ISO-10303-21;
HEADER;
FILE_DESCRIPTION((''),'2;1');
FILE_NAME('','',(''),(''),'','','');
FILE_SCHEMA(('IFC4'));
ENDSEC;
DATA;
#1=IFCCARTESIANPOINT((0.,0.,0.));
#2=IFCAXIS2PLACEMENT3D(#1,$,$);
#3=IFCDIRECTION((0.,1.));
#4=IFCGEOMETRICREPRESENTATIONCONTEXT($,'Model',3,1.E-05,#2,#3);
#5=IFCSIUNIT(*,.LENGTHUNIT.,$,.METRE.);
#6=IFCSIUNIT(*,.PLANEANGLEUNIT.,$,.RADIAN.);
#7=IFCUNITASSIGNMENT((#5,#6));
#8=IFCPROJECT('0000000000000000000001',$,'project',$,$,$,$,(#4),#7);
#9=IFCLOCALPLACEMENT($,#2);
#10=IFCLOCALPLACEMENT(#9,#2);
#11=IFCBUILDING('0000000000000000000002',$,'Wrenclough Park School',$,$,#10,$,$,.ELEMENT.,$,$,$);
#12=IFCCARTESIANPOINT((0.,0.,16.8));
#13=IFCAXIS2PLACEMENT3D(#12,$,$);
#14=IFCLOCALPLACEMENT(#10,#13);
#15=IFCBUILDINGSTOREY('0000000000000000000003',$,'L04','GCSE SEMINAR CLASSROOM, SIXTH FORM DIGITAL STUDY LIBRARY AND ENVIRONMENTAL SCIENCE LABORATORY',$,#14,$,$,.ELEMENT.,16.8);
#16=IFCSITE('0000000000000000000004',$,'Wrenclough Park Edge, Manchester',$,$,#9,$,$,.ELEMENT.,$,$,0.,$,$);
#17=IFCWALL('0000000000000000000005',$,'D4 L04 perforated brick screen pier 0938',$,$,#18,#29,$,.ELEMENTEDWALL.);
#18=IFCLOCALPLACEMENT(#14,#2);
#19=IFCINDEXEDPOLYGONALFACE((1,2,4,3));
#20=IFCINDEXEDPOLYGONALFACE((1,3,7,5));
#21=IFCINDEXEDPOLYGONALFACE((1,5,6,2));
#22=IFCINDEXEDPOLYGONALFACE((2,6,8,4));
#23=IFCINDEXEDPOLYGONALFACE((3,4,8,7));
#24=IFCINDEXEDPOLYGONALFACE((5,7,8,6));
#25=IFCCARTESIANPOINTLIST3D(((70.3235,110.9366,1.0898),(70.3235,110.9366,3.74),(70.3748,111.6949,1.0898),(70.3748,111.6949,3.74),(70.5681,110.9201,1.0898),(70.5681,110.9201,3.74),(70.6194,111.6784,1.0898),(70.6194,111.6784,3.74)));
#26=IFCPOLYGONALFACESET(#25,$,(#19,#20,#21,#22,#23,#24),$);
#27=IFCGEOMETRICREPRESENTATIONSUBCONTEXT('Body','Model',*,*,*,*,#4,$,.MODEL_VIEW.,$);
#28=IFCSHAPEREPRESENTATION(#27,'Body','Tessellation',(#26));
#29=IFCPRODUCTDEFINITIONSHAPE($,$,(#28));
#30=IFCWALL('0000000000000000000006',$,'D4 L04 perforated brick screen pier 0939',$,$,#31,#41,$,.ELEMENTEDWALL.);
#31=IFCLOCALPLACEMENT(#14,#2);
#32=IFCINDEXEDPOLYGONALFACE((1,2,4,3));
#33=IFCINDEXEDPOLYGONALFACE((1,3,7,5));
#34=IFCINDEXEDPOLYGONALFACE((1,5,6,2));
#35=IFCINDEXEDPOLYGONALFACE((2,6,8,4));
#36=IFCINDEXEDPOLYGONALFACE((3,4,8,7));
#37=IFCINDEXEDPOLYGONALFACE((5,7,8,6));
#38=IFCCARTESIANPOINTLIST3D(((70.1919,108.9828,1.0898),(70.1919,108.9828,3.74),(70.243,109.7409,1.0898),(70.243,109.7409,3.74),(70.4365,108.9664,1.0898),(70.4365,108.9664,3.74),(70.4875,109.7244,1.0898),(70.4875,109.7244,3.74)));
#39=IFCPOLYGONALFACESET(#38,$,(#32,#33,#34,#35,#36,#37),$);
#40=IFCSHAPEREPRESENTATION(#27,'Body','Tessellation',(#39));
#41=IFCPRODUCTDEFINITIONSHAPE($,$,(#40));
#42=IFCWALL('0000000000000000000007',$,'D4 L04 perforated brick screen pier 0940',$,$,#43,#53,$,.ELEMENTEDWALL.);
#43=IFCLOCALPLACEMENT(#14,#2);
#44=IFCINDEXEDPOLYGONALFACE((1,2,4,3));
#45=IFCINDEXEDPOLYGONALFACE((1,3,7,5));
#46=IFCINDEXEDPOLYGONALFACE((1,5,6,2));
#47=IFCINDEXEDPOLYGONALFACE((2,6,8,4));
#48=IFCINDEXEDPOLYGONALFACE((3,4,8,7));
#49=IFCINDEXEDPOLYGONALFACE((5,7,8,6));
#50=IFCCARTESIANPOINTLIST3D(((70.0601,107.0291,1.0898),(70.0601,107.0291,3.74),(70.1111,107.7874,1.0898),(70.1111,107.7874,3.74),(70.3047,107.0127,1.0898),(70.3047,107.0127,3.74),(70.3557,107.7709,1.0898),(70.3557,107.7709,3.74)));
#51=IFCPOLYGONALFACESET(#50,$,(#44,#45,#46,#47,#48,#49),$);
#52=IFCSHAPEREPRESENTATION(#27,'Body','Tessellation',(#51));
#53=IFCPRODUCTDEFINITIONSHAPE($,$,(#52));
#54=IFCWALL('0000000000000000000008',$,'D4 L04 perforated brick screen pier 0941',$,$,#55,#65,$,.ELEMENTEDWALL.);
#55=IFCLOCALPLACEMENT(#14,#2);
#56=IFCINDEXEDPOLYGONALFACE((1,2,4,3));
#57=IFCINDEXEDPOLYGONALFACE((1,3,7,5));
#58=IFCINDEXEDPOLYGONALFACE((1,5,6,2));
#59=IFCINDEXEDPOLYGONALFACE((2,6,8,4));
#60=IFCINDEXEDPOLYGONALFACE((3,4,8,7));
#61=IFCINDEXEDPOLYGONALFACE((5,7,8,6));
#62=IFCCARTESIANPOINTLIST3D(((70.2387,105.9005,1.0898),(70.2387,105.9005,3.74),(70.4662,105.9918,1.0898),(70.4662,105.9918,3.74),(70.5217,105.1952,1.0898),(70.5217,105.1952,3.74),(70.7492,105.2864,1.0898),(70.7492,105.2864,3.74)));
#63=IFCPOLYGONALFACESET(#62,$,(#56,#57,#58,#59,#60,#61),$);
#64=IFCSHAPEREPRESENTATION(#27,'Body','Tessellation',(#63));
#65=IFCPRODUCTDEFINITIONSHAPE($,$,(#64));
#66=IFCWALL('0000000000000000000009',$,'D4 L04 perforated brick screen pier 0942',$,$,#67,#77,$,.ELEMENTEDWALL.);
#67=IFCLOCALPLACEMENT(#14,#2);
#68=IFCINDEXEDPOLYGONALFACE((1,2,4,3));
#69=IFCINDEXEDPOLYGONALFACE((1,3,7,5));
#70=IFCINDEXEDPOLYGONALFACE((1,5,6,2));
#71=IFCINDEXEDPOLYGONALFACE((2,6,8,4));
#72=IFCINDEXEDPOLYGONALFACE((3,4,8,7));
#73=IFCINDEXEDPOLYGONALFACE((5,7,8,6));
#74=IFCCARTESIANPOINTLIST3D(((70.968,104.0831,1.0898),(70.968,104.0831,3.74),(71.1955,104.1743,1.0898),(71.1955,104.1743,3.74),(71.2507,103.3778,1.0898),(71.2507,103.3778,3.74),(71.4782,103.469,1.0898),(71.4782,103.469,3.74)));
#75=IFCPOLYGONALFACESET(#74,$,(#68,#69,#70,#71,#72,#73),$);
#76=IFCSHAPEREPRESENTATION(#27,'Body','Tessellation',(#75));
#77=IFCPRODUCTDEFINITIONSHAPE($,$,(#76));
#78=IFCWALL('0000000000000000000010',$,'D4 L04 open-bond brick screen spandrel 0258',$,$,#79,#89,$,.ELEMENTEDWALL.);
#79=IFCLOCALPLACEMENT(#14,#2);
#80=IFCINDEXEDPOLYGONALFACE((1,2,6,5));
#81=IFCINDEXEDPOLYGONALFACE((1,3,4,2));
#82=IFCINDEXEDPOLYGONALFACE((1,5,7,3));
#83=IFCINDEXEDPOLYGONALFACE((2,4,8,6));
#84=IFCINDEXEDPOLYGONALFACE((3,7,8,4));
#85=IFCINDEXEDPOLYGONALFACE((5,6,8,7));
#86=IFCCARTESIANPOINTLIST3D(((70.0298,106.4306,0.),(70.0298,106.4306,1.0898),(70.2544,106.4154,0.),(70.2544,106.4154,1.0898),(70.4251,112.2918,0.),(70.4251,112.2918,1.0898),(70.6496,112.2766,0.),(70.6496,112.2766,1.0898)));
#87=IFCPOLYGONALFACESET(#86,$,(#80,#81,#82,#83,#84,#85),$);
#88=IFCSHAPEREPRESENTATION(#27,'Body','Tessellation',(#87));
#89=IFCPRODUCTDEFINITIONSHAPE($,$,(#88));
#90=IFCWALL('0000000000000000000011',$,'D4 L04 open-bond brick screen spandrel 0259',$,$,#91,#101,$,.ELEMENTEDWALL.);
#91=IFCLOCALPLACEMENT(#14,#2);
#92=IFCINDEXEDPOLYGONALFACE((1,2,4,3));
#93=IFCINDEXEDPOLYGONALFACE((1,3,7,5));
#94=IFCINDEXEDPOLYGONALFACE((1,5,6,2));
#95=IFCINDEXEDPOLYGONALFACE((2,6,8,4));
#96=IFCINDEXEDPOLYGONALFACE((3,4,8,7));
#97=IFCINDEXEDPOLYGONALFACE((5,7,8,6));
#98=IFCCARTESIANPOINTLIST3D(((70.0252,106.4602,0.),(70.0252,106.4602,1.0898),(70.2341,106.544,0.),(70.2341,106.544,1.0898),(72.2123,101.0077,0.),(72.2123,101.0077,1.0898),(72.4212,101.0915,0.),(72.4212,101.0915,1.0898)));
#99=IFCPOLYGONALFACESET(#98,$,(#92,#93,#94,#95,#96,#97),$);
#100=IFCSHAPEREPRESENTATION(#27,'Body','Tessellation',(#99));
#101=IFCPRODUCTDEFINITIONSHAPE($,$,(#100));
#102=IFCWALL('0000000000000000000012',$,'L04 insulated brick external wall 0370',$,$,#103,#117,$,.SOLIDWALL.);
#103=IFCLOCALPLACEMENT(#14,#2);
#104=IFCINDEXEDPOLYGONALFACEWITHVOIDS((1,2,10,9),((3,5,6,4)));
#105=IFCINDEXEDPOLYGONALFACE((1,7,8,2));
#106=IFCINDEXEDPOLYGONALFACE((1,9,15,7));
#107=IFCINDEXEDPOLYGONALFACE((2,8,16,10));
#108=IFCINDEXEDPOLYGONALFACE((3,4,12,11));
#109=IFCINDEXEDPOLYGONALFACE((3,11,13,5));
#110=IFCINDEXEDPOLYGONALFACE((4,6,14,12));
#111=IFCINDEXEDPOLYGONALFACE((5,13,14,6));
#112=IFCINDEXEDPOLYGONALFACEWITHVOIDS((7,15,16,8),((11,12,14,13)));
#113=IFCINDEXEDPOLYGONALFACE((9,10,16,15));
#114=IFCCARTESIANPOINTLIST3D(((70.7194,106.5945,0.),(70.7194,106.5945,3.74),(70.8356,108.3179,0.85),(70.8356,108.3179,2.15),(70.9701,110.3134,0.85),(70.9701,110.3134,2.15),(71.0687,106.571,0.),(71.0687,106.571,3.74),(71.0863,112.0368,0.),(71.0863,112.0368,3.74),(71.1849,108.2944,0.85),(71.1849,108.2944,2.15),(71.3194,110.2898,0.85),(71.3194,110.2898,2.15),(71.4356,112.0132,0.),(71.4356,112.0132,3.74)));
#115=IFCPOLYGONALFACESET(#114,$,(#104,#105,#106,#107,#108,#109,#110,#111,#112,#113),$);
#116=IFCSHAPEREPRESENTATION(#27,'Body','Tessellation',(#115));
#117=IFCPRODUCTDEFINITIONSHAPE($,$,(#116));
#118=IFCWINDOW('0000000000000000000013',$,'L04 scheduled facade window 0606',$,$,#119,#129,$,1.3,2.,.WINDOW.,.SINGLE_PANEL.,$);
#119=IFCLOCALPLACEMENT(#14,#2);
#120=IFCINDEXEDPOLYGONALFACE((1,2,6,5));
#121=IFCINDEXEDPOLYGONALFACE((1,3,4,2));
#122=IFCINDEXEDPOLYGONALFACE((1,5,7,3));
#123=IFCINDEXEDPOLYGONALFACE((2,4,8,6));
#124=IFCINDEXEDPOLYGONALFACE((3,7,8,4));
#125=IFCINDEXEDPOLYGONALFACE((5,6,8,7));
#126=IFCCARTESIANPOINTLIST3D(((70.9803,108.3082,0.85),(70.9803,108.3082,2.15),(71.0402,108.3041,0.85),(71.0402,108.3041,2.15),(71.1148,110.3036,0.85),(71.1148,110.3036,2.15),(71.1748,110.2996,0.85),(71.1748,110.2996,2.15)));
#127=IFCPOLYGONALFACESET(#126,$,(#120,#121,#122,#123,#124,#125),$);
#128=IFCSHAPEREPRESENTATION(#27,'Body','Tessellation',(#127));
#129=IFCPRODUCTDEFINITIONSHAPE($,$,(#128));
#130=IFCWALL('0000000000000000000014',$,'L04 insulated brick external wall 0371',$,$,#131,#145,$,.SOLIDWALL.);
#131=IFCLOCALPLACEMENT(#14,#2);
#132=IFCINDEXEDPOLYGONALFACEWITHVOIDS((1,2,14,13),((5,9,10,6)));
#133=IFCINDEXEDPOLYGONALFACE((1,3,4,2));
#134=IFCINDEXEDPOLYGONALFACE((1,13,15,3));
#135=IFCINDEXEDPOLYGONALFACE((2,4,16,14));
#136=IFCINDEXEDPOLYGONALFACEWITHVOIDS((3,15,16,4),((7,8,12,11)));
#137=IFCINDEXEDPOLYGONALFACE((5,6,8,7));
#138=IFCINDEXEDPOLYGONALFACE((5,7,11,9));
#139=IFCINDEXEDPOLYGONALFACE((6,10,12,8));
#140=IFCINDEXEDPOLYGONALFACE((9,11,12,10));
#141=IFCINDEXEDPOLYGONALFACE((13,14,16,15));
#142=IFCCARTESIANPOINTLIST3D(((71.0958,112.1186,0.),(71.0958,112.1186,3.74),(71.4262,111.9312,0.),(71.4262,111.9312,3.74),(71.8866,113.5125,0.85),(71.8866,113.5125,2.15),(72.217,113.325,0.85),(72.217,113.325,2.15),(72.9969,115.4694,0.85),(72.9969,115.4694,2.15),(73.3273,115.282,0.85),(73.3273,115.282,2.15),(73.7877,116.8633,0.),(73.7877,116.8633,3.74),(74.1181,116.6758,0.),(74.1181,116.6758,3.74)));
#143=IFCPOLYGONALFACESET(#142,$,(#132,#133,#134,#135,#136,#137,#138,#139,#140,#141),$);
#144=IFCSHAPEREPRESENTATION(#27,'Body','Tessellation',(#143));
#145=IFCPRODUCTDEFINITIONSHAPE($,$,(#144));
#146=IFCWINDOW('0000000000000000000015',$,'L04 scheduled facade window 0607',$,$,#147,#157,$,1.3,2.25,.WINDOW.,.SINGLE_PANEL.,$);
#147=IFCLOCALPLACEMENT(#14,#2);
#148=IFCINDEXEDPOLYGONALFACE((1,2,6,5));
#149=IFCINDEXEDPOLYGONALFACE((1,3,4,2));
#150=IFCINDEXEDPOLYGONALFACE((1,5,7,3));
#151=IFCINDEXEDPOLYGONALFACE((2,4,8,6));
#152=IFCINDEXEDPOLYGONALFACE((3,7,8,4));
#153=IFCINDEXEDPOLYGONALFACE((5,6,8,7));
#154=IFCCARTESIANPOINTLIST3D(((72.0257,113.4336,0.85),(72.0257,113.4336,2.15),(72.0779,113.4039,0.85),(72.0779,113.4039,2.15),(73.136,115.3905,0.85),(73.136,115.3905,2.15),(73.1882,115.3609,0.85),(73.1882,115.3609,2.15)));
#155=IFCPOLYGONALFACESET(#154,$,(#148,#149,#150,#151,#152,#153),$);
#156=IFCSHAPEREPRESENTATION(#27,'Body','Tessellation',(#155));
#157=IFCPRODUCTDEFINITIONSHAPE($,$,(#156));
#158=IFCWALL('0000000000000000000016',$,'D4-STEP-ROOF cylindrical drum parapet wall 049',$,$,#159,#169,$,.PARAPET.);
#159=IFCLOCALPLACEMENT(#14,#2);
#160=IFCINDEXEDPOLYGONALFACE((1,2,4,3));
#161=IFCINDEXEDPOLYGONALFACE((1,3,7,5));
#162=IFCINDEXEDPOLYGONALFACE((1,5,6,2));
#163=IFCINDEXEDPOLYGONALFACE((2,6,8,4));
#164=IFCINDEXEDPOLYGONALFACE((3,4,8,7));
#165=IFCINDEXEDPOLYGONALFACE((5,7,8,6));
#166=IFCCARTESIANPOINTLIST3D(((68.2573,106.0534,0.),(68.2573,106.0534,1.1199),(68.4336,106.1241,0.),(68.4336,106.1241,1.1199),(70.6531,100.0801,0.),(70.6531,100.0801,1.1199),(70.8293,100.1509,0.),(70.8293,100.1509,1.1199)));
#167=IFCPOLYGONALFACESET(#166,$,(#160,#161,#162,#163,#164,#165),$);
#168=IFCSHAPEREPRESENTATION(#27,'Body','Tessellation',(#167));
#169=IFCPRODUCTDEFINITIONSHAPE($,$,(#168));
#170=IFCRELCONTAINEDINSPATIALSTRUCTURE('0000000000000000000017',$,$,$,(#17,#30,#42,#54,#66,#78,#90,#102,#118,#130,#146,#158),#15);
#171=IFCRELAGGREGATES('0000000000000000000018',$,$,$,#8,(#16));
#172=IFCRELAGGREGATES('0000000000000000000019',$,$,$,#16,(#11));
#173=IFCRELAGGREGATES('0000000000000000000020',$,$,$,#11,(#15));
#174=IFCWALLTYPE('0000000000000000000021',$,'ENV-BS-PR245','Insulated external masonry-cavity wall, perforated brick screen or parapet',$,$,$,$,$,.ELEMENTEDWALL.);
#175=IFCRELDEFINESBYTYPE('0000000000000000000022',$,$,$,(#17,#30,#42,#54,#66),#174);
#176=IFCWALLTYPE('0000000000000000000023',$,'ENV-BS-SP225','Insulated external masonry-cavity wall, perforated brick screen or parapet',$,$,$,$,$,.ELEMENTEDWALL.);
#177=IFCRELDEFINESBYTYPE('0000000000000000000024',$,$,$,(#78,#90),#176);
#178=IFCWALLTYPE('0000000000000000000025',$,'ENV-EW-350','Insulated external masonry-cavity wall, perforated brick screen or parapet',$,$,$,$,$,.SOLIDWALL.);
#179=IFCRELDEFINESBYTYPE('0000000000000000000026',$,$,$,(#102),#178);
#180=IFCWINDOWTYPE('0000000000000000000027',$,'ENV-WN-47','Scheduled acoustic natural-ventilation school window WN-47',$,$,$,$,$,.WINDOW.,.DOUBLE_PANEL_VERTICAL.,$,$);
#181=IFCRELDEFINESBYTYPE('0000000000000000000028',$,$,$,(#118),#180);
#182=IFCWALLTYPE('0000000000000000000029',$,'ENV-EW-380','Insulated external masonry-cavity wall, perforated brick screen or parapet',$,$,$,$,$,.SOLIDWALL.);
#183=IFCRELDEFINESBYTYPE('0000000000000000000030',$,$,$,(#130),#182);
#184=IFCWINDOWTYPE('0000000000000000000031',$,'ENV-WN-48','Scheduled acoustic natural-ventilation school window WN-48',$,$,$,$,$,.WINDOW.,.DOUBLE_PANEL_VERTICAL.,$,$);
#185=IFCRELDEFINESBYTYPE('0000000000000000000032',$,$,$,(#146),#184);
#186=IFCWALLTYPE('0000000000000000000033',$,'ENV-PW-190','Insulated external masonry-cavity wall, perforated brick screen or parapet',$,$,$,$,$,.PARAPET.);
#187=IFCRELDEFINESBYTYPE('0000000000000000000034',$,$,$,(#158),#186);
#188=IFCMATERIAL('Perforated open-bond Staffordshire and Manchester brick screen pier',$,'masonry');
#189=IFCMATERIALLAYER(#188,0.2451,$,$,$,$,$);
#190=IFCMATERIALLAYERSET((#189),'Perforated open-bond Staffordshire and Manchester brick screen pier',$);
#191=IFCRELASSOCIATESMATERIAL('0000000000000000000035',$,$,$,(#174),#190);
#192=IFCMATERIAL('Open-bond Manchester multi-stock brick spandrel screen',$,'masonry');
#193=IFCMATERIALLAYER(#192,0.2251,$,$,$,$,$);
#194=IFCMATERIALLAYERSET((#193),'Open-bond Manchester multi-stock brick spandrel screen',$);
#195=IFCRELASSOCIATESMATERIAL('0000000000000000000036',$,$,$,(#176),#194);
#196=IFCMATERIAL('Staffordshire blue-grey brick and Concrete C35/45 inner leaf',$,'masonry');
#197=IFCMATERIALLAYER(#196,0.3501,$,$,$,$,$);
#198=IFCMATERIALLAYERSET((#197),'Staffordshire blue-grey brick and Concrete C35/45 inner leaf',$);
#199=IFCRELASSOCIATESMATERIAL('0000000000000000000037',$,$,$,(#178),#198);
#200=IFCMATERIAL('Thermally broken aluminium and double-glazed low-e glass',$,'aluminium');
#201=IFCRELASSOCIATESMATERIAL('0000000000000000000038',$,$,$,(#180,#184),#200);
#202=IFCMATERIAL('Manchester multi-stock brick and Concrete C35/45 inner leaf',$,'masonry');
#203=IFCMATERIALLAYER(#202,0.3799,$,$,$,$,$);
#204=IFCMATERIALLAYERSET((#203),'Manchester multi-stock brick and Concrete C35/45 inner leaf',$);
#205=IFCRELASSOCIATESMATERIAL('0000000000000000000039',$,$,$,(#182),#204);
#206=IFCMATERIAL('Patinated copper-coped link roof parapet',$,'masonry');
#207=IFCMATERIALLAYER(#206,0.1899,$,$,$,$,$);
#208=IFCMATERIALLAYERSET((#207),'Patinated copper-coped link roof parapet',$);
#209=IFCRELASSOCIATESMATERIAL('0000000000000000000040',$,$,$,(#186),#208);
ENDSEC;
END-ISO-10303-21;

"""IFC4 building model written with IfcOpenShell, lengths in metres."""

from ifc_helpers import new_model, si_unit, direction, frame, frame_2d, origin, place, context, subcontext, project, spatial, rectangle, extrude, material, layer, layer_set, type_object, element, fill, save


model = new_model("IFC4")

# Units and contexts
model_context = context("Model", 3, precision=1e-05, world=origin(), true_north=direction((0.0, 1.0)))
body_context = subcontext(model_context, "Body", "Model", "MODEL_VIEW")
ifc_project = project(units=[si_unit("LENGTHUNIT", "METRE"), si_unit("PLANEANGLEUNIT", "RADIAN")], contexts=[model_context])

# Site, building, storey
site_placement = place(None, origin())
site = spatial("IfcSite", under=ifc_project, at=site_placement, Name="Wrenclough Park Edge, Manchester", CompositionType="ELEMENT", RefElevation=0.0)
building_placement = place(site_placement, origin())
building = spatial("IfcBuilding", under=site, at=building_placement, Name="Wrenclough Park School", CompositionType="ELEMENT")
storey_placement = place(building_placement, frame((0.0, 0.0, 16.8)))
storey = spatial("IfcBuildingStorey", under=building, at=storey_placement, Name="L04", Description="GCSE SEMINAR CLASSROOM, SIXTH FORM DIGITAL STUDY LIBRARY AND ENVIRONMENTAL SCIENCE LABORATORY", CompositionType="ELEMENT", Elevation=16.8)

# Walls
ifc_material_1 = material(Name="Perforated open-bond Staffordshire and Manchester brick screen pier", Category="masonry")
ifc_layer_1 = layer(ifc_material_1, 0.2451)
ifc_layer_set_1 = layer_set([ifc_layer_1], Name="Perforated open-bond Staffordshire and Manchester brick screen pier")
wall_type_1 = type_object("IfcWallType", Name="ENV-BS-PR245", Description="Insulated external masonry-cavity wall, perforated brick screen or parapet", PredefinedType="ELEMENTEDWALL", material=ifc_layer_set_1)
wall_1_placement = place(storey_placement, frame((70.4971, 111.6865, 1.0898), z_axis=(0.0, 0.0, 1.0), x_axis=(-0.067457, -0.997722, 0.0)))
element("IfcWall", 1, at=wall_1_placement, inside=storey, type_object=wall_type_1, Name="D4 L04 perforated brick screen pier 0938", PredefinedType="ELEMENTEDWALL", context=body_context, shape_type="SweptSolid", body=[
    extrude(rectangle(XDim=0.76, YDim=0.2451, at=frame_2d((0.3799, 0.0))), origin(), (0.0, 0.0, 1.0), 2.6501),
])
wall_2_placement = place(storey_placement, frame((70.3652, 109.7327, 1.0898), z_axis=(0.0, 0.0, 1.0), x_axis=(-0.067159, -0.997742, 0.0)))
element("IfcWall", 2, at=wall_2_placement, inside=storey, type_object=wall_type_1, Name="D4 L04 perforated brick screen pier 0939", PredefinedType="ELEMENTEDWALL", context=body_context, shape_type="SweptSolid", body=[
    extrude(rectangle(XDim=0.7598, YDim=0.2451, at=frame_2d((0.3799, 0.0))), origin(), (0.0, 0.0, 1.0), 2.6501),
])
for number, where, z_axis, x_axis, name in (
    (3, (70.2334, 107.7791, 1.0898), (0.0, 0.0, 1.0), (-0.067137, -0.997744, 0.0), "D4 L04 perforated brick screen pier 0940"),
    (4, (70.3525, 105.946, 1.0898), (0.0, 0.0, 1.0), (0.372332, -0.9281, 0.0), "D4 L04 perforated brick screen pier 0941"),
):
    element("IfcWall", number, at=place(storey_placement, frame(where, z_axis=z_axis, x_axis=x_axis)), inside=storey, type_object=wall_type_1, Name=name, PredefinedType="ELEMENTEDWALL", context=body_context, shape_type="SweptSolid", body=[
        extrude(rectangle(XDim=0.76, YDim=0.2451, at=frame_2d((0.3799, 0.0))), origin(), (0.0, 0.0, 1.0), 2.6501),
    ])
wall_3_placement = place(storey_placement, frame((71.0818, 104.1287, 1.0898), z_axis=(0.0, 0.0, 1.0), x_axis=(0.372055, -0.928211, 0.0)))
element("IfcWall", 5, at=wall_3_placement, inside=storey, type_object=wall_type_1, Name="D4 L04 perforated brick screen pier 0942", PredefinedType="ELEMENTEDWALL", context=body_context, shape_type="SweptSolid", body=[
    extrude(rectangle(XDim=0.7598, YDim=0.2451, at=frame_2d((0.3799, 0.0))), origin(), (0.0, 0.0, 1.0), 2.6501),
])
ifc_material_2 = material(Name="Open-bond Manchester multi-stock brick spandrel screen", Category="masonry")
ifc_layer_2 = layer(ifc_material_2, 0.2251)
ifc_layer_set_2 = layer_set([ifc_layer_2], Name="Open-bond Manchester multi-stock brick spandrel screen")
wall_type_2 = type_object("IfcWallType", Name="ENV-BS-SP225", Description="Insulated external masonry-cavity wall, perforated brick screen or parapet", PredefinedType="ELEMENTEDWALL", material=ifc_layer_set_2)
wall_4_placement = place(storey_placement, frame((70.5374, 112.2842, 0.0), z_axis=(0.0, 0.0, 1.0), x_axis=(-0.067286, -0.997734, 0.0)))
element("IfcWall", 6, at=wall_4_placement, inside=storey, type_object=wall_type_2, Name="D4 L04 open-bond brick screen spandrel 0258", PredefinedType="ELEMENTEDWALL", context=body_context, shape_type="SweptSolid", body=[
    extrude(rectangle(XDim=5.8745, YDim=0.2251, at=frame_2d((2.9373, 0.0))), origin(), (0.0, 0.0, 1.0), 1.0898),
])
wall_5_placement = place(storey_placement, frame((70.1296, 106.5022, 0.0), z_axis=(0.0, 0.0, 1.0), x_axis=(0.372279, -0.928121, 0.0)))
element("IfcWall", 7, at=wall_5_placement, inside=storey, type_object=wall_type_2, Name="D4 L04 open-bond brick screen spandrel 0259", PredefinedType="ELEMENTEDWALL", context=body_context, shape_type="SweptSolid", body=[
    extrude(rectangle(XDim=5.8748, YDim=0.2251, at=frame_2d((2.9375, 0.0))), origin(), (0.0, 0.0, 1.0), 1.0898),
])

# Walls, openings, windows
ifc_material_3 = material(Name="Staffordshire blue-grey brick and Concrete C35/45 inner leaf", Category="masonry")
ifc_layer_3 = layer(ifc_material_3, 0.3501)
ifc_layer_set_3 = layer_set([ifc_layer_3], Name="Staffordshire blue-grey brick and Concrete C35/45 inner leaf")
wall_type_3 = type_object("IfcWallType", Name="ENV-EW-350", Description="Insulated external masonry-cavity wall, perforated brick screen or parapet", PredefinedType="SOLIDWALL", material=ifc_layer_set_3)
wall_6_placement = place(storey_placement, frame((70.894, 106.5828, 0.0), z_axis=(0.0, 0.0, 1.0), x_axis=(0.067274, 0.997735, 0.0)))
wall_6 = element("IfcWall", 8, at=wall_6_placement, inside=storey, type_object=wall_type_3, Name="L04 insulated brick external wall 0370", PredefinedType="SOLIDWALL", context=body_context, shape_type="SweptSolid", body=[
    extrude(rectangle(XDim=5.4546, YDim=0.3501, at=frame_2d((2.7273, 0.0))), origin(), (0.0, 0.0, 1.0), 3.74),
])
opening_1_placement = place(wall_6_placement, frame((1.7273, 0.0, 0.8501)))
opening_1 = element("IfcOpeningElement", 9, at=opening_1_placement, cuts=wall_6, PredefinedType="OPENING", context=body_context, shape_type="SweptSolid", body=[
    extrude(rectangle(XDim=2.0, YDim=1.3, at=frame_2d((1.0, 0.6499))), frame((0.0, 0.1851, 0.0), z_axis=(0.0, -1.0, 0.0), x_axis=(1.0, 0.0, 0.0)), (0.0, 0.0, 1.0), 0.3701),
])
ifc_material_4 = material(Name="Thermally broken aluminium and double-glazed low-e glass", Category="aluminium")
window_type_1 = type_object("IfcWindowType", Name="ENV-WN-47", Description="Scheduled acoustic natural-ventilation school window WN-47", PartitioningType="DOUBLE_PANEL_VERTICAL", PredefinedType="WINDOW", material=ifc_material_4)
window_1_placement = place(opening_1_placement, origin())
window_1 = element("IfcWindow", 10, at=window_1_placement, inside=storey, type_object=window_type_1, Name="L04 scheduled facade window 0606", OverallHeight=1.3, OverallWidth=2.0, PartitioningType="SINGLE_PANEL", PredefinedType="WINDOW", context=body_context, shape_type="SweptSolid", body=[
    extrude(rectangle(XDim=2.0, YDim=1.3, at=frame_2d((1.0, 0.6499))), frame((0.0, 0.03, 0.0), z_axis=(0.0, -1.0, 0.0), x_axis=(1.0, 0.0, 0.0)), (0.0, 0.0, 1.0), 0.0601),
])
fill(opening_1, window_1)
ifc_material_5 = material(Name="Manchester multi-stock brick and Concrete C35/45 inner leaf", Category="masonry")
ifc_layer_4 = layer(ifc_material_5, 0.3799)
ifc_layer_set_4 = layer_set([ifc_layer_4], Name="Manchester multi-stock brick and Concrete C35/45 inner leaf")
wall_type_4 = type_object("IfcWallType", Name="ENV-EW-380", Description="Insulated external masonry-cavity wall, perforated brick screen or parapet", PredefinedType="SOLIDWALL", material=ifc_layer_set_4)
wall_7_placement = place(storey_placement, frame((71.261, 112.0249, 0.0), z_axis=(0.0, 0.0, 1.0), x_axis=(0.493466, 0.869765, 0.0)))
wall_7 = element("IfcWall", 11, at=wall_7_placement, inside=storey, type_object=wall_type_4, Name="L04 insulated brick external wall 0371", PredefinedType="SOLIDWALL", context=body_context, shape_type="SweptSolid", body=[
    extrude(rectangle(XDim=5.4551, YDim=0.3799, at=frame_2d((2.7275, 0.0))), origin(), (0.0, 0.0, 1.0), 3.74),
])
opening_2_placement = place(wall_7_placement, frame((1.6025, 0.0, 0.8501)))
opening_2 = element("IfcOpeningElement", 12, at=opening_2_placement, cuts=wall_7, PredefinedType="OPENING", context=body_context, shape_type="SweptSolid", body=[
    extrude(rectangle(XDim=2.25, YDim=1.3, at=frame_2d((1.125, 0.6499))), frame((0.0, 0.2, 0.0), z_axis=(0.0, -1.0, 0.0), x_axis=(1.0, 0.0, 0.0)), (0.0, 0.0, 1.0), 0.3999),
])
window_type_2 = type_object("IfcWindowType", Name="ENV-WN-48", Description="Scheduled acoustic natural-ventilation school window WN-48", PartitioningType="DOUBLE_PANEL_VERTICAL", PredefinedType="WINDOW", material=ifc_material_4)
window_2_placement = place(opening_2_placement, origin())
window_2 = element("IfcWindow", 13, at=window_2_placement, inside=storey, type_object=window_type_2, Name="L04 scheduled facade window 0607", OverallHeight=1.3, OverallWidth=2.25, PartitioningType="SINGLE_PANEL", PredefinedType="WINDOW", context=body_context, shape_type="SweptSolid", body=[
    extrude(rectangle(XDim=2.25, YDim=1.3, at=frame_2d((1.125, 0.6499))), frame((0.0, 0.03, 0.0), z_axis=(0.0, -1.0, 0.0), x_axis=(1.0, 0.0, 0.0)), (0.0, 0.0, 1.0), 0.0601),
])
fill(opening_2, window_2)

# Wall
ifc_material_6 = material(Name="Patinated copper-coped link roof parapet", Category="masonry")
ifc_layer_5 = layer(ifc_material_6, 0.1899)
ifc_layer_set_5 = layer_set([ifc_layer_5], Name="Patinated copper-coped link roof parapet")
wall_type_5 = type_object("IfcWallType", Name="ENV-PW-190", Description="Insulated external masonry-cavity wall, perforated brick screen or parapet", PredefinedType="PARAPET", material=ifc_layer_set_5)
wall_8_placement = place(storey_placement, frame((68.3455, 106.0886, 0.0), z_axis=(0.0, 0.0, 1.0), x_axis=(0.37226, -0.928128, 0.0)))
element("IfcWall", 14, at=wall_8_placement, inside=storey, type_object=wall_type_5, Name="D4-STEP-ROOF cylindrical drum parapet wall 049", PredefinedType="PARAPET", context=body_context, shape_type="SweptSolid", body=[
    extrude(rectangle(XDim=6.4358, YDim=0.1899, at=frame_2d((3.2178, 0.0))), origin(), (0.0, 0.0, 1.0), 1.1199),
])

save(model, "model.ifc")
